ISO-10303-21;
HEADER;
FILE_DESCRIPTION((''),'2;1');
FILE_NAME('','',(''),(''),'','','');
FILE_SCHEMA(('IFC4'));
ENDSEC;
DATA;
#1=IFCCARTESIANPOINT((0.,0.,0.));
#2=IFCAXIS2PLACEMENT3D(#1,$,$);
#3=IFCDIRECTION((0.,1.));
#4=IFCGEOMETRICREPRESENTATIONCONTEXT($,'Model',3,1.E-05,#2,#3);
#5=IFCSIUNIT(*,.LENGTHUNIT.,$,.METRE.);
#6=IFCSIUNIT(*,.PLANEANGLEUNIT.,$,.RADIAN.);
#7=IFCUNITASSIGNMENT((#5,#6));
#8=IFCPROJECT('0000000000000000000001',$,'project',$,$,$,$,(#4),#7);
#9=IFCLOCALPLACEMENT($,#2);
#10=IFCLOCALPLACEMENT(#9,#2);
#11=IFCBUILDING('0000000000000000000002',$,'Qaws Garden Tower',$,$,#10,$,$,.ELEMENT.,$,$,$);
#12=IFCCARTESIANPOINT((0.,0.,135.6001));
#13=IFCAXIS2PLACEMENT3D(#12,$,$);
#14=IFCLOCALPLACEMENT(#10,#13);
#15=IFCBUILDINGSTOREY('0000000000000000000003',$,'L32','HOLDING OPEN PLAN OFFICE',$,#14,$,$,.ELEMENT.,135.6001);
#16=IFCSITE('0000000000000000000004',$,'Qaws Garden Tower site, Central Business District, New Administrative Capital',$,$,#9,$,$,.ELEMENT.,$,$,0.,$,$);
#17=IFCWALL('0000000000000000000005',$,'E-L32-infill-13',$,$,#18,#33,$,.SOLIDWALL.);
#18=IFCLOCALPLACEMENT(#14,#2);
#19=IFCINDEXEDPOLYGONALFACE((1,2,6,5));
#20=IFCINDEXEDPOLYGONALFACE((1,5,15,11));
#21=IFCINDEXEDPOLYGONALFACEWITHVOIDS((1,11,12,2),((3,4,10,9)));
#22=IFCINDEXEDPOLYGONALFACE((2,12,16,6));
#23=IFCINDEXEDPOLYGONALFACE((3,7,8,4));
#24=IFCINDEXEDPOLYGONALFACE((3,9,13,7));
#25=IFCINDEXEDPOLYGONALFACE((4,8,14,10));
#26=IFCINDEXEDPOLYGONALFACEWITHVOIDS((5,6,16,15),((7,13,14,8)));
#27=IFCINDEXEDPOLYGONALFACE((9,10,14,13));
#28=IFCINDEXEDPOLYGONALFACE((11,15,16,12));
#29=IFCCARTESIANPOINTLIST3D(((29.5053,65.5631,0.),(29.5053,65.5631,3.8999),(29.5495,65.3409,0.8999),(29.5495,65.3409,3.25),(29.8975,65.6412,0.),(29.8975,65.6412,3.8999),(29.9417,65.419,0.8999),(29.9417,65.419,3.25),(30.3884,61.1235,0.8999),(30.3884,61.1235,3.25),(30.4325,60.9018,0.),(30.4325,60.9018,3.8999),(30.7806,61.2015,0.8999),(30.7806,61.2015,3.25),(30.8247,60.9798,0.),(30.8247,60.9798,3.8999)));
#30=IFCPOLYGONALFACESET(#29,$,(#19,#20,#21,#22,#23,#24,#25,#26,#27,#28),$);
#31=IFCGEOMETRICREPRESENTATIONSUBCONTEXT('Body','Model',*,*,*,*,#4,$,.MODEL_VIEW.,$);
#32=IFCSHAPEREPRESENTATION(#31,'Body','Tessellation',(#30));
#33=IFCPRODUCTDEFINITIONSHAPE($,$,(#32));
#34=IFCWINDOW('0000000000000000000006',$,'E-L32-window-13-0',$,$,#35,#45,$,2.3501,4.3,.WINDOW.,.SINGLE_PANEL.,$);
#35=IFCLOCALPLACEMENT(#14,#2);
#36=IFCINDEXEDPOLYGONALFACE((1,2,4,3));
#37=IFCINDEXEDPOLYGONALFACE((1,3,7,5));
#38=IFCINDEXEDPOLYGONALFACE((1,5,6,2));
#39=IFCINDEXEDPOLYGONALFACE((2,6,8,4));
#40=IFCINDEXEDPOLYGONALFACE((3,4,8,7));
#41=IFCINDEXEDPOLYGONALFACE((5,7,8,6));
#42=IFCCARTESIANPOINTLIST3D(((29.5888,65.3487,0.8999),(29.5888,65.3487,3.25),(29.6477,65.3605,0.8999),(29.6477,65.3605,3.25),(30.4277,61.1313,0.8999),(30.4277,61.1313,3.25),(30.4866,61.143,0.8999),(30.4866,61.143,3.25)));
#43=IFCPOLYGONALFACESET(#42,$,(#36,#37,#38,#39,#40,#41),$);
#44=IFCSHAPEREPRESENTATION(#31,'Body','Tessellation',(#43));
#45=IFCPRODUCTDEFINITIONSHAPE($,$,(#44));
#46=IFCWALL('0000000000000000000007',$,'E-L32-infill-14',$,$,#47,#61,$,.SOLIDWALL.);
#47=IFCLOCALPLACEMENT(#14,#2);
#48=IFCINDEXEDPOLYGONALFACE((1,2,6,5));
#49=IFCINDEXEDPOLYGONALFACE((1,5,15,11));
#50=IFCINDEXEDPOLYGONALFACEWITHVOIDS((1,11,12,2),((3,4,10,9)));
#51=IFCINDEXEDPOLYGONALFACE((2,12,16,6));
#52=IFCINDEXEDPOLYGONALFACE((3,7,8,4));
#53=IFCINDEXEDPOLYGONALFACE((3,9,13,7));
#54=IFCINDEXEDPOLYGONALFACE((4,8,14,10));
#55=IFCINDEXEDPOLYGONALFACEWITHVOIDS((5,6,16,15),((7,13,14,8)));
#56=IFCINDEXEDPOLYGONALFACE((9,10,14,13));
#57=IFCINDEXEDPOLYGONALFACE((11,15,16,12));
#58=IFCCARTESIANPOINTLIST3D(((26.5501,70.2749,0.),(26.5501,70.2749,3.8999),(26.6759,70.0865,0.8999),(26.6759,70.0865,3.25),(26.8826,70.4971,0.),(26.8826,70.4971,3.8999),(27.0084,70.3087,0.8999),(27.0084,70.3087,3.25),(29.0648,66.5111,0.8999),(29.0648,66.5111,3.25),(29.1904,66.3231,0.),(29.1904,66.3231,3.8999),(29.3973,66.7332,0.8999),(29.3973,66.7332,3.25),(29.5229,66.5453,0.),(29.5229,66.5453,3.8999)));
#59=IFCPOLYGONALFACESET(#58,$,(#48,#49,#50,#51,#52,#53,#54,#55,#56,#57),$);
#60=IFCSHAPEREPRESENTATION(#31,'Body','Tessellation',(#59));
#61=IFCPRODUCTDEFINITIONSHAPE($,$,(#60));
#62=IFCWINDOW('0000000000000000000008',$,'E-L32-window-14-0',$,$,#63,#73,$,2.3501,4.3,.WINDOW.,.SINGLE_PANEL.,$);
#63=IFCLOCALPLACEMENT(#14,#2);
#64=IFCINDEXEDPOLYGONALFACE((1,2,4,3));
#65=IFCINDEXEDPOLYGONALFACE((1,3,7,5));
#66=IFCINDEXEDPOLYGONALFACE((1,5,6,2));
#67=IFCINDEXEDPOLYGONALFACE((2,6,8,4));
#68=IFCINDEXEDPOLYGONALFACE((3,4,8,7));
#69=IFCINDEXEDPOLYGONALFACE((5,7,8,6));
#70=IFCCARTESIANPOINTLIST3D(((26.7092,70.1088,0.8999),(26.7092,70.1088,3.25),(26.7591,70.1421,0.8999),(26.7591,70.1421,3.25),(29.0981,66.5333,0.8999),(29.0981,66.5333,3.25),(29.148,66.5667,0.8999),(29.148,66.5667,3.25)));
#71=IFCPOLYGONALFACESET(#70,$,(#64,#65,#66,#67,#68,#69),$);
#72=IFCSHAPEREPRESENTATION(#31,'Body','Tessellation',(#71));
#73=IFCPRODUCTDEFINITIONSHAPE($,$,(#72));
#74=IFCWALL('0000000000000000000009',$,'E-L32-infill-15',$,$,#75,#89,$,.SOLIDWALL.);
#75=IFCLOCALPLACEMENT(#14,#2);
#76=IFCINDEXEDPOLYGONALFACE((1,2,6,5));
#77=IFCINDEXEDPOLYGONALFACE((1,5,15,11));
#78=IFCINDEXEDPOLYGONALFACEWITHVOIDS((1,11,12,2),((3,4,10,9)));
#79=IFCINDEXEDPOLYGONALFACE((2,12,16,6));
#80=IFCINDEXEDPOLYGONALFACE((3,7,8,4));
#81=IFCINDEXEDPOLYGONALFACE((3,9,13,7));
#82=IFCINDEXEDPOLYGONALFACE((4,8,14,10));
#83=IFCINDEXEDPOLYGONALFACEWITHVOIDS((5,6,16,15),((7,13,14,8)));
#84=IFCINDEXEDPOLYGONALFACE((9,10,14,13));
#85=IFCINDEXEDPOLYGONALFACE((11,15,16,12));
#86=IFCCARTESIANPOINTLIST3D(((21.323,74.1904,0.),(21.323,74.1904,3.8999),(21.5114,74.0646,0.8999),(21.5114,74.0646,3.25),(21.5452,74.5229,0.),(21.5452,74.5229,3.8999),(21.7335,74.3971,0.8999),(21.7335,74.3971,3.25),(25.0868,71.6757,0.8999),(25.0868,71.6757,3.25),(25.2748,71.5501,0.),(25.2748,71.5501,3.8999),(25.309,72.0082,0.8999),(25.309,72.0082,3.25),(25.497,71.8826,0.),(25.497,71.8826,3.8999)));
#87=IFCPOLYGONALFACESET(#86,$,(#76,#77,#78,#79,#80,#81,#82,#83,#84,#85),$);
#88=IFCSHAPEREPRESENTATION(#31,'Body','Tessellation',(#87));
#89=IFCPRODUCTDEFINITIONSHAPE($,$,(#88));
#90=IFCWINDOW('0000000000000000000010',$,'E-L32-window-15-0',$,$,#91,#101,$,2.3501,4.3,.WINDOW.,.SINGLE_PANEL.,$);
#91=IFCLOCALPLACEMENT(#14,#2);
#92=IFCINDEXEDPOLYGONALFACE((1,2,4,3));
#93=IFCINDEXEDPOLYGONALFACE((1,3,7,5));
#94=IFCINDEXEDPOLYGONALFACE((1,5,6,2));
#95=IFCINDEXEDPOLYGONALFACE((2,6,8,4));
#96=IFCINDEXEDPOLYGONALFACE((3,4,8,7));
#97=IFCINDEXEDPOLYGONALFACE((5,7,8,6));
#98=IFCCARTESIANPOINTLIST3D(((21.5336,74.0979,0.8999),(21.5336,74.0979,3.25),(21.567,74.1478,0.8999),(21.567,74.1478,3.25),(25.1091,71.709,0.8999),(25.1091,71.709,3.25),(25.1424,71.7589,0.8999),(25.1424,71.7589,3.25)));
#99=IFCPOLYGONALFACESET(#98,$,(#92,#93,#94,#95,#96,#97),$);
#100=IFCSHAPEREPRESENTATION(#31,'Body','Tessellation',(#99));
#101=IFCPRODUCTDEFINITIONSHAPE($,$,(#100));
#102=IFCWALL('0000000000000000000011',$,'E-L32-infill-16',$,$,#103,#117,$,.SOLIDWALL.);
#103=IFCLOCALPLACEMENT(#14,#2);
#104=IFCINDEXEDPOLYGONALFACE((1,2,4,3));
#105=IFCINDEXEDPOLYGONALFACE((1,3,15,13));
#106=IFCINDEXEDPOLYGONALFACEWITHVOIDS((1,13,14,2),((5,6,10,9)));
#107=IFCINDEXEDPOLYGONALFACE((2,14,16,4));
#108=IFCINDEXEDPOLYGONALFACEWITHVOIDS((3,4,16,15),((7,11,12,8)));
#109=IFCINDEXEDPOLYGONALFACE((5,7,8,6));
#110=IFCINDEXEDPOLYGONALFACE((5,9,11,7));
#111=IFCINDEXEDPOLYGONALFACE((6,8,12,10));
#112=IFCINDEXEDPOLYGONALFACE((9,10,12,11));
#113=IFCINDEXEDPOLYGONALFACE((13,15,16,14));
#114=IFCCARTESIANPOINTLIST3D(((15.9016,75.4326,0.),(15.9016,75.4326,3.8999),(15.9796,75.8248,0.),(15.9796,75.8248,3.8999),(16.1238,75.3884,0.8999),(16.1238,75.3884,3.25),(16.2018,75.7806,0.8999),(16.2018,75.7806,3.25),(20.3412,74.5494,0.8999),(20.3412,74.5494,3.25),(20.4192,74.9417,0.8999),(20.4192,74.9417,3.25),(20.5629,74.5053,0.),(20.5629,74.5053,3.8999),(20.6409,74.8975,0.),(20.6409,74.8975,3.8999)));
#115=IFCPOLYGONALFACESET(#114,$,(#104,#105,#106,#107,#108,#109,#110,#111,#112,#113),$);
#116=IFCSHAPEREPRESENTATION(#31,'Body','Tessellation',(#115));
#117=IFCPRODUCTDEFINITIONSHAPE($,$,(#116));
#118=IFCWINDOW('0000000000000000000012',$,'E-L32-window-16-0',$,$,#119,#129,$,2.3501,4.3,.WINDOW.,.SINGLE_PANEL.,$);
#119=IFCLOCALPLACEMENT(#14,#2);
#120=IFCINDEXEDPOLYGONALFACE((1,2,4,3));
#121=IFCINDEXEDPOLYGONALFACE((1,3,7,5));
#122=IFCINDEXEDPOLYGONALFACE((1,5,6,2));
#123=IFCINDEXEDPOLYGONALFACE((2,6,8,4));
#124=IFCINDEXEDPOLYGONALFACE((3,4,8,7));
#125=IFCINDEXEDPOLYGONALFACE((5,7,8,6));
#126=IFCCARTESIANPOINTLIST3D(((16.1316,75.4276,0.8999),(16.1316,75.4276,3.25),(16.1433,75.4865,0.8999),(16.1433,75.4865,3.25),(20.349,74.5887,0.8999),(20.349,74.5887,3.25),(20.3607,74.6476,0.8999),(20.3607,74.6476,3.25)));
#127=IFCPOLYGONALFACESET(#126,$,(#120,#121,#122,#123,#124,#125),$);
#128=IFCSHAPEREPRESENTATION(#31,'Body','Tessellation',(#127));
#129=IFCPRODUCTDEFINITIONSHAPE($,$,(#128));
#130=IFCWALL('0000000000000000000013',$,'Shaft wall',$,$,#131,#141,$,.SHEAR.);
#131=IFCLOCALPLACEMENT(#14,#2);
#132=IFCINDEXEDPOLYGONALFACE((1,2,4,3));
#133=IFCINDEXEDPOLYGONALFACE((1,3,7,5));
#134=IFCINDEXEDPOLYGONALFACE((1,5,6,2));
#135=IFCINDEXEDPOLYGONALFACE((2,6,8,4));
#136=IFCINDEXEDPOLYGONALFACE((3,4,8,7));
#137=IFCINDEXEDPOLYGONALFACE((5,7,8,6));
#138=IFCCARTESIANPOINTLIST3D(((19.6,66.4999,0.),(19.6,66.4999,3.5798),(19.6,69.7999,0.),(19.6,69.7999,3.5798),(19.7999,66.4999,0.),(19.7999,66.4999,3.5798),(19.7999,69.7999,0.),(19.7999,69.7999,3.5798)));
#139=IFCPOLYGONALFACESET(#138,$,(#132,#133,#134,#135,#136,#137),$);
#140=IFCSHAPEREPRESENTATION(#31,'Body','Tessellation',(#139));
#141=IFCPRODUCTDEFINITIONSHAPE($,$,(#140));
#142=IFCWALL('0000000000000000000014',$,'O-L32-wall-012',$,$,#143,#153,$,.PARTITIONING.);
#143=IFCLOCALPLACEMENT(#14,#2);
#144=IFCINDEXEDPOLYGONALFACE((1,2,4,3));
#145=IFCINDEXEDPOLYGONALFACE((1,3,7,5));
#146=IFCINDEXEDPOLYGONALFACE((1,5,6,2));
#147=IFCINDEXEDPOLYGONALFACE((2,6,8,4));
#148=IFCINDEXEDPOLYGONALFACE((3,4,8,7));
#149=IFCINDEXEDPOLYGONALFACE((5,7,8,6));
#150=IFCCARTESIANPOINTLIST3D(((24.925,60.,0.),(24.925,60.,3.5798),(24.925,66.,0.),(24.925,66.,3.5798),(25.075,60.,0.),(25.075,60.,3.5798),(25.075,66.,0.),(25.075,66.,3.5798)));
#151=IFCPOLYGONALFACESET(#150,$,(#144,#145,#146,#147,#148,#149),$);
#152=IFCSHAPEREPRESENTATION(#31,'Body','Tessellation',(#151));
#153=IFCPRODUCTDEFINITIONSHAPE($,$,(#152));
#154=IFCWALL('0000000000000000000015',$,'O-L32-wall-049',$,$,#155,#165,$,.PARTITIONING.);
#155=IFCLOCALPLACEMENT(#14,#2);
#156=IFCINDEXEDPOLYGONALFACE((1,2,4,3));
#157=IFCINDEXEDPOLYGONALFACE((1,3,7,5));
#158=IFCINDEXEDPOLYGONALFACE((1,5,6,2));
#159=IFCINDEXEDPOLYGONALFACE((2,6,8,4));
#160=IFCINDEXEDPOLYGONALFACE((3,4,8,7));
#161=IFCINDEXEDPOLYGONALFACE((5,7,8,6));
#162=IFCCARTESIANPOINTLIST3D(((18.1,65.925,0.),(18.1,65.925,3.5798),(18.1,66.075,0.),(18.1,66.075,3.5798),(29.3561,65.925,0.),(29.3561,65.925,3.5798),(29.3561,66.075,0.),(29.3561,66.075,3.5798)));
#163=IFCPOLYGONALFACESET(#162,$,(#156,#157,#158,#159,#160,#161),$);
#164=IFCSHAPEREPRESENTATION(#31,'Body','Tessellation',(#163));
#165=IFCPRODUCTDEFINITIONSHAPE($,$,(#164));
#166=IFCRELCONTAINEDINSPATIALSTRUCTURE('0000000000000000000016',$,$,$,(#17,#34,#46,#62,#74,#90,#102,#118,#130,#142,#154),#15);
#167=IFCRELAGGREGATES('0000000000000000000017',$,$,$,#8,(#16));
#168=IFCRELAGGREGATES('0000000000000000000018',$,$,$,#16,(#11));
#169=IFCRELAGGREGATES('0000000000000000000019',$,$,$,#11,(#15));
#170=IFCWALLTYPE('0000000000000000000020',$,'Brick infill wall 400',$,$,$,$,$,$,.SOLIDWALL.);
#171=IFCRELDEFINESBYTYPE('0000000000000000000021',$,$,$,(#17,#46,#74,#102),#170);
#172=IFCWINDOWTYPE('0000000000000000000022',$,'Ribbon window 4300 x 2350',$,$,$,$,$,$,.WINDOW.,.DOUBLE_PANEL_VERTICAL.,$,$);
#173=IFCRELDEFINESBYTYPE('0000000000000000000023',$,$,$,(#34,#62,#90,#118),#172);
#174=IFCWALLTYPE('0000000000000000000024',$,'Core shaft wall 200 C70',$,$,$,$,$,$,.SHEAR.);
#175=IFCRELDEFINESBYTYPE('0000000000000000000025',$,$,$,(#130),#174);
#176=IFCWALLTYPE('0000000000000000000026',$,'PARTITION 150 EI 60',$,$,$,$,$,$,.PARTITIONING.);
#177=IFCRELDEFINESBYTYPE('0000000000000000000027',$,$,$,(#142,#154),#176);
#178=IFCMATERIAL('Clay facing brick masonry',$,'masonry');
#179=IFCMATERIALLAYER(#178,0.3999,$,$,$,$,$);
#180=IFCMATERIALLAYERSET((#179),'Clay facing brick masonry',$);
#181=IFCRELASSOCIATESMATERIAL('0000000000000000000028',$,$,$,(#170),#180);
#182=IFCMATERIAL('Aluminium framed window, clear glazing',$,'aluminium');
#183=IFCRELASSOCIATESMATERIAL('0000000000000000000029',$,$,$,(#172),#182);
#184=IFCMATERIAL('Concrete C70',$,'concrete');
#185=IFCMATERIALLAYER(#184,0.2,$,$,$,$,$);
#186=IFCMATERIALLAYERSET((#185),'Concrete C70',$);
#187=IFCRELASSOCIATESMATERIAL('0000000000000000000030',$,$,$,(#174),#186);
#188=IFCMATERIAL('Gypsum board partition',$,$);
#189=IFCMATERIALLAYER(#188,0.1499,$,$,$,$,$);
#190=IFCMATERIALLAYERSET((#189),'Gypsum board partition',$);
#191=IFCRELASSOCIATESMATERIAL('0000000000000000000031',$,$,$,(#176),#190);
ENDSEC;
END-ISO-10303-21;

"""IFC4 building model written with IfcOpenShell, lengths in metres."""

from ifc_helpers import new_model, si_unit, direction, frame, frame_2d, origin, place, context, subcontext, project, spatial, rectangle, extrude, material, layer, layer_set, type_object, element, fill, save


model = new_model("IFC4")

# Units and contexts
model_context = context("Model", 3, precision=1e-05, world=origin(), true_north=direction((0.0, 1.0)))
body_context = subcontext(model_context, "Body", "Model", "MODEL_VIEW")
ifc_project = project(units=[si_unit("LENGTHUNIT", "METRE"), si_unit("PLANEANGLEUNIT", "RADIAN")], contexts=[model_context])

# Site, building, storey
site_placement = place(None, origin())
site = spatial("IfcSite", under=ifc_project, at=site_placement, Name="Qaws Garden Tower site, Central Business District, New Administrative Capital", CompositionType="ELEMENT", RefElevation=0.0)
building_placement = place(site_placement, origin())
building = spatial("IfcBuilding", under=site, at=building_placement, Name="Qaws Garden Tower", CompositionType="ELEMENT")
storey_placement = place(building_placement, frame((0.0, 0.0, 135.6001)))
storey = spatial("IfcBuildingStorey", under=building, at=storey_placement, Name="L32", Description="HOLDING OPEN PLAN OFFICE", CompositionType="ELEMENT", Elevation=135.6001)

# Walls, openings, windows
ifc_material_1 = material(Name="Clay facing brick masonry", Category="masonry")
ifc_layer_1 = layer(ifc_material_1, 0.3999)
ifc_layer_set_1 = layer_set([ifc_layer_1], Name="Clay facing brick masonry")
wall_type_1 = type_object("IfcWallType", Name="Brick infill wall 400", PredefinedType="SOLIDWALL", material=ifc_layer_set_1)
wall_1_placement = place(storey_placement, frame((30.6287, 60.9407, 0.0), z_axis=(0.0, 0.0, 1.0), x_axis=(-0.195099, 0.980784, 0.0)))
wall_1 = element("IfcWall", 1, at=wall_1_placement, inside=storey, type_object=wall_type_1, Name="E-L32-infill-13", PredefinedType="SOLIDWALL", context=body_context, shape_type="SweptSolid", body=[
    extrude(rectangle(XDim=4.7527, YDim=0.3999, at=frame_2d((2.3765, 0.0))), origin(), (0.0, 0.0, 1.0), 3.8999),
])
opening_1_placement = place(wall_1_placement, frame((0.2263, 0.0, 0.8999)))
opening_1 = element("IfcOpeningElement", 2, at=opening_1_placement, cuts=wall_1, PredefinedType="OPENING", context=body_context, shape_type="SweptSolid", body=[
    extrude(rectangle(XDim=4.3, YDim=2.3501, at=frame_2d((2.1499, 1.175))), frame((0.0, 0.21, 0.0), z_axis=(0.0, -1.0, 0.0), x_axis=(1.0, 0.0, 0.0)), (0.0, 0.0, 1.0), 0.4199),
])
ifc_material_2 = material(Name="Aluminium framed window, clear glazing", Category="aluminium")
window_type = type_object("IfcWindowType", Name="Ribbon window 4300 x 2350", PartitioningType="DOUBLE_PANEL_VERTICAL", PredefinedType="WINDOW", material=ifc_material_2)
window_1_placement = place(opening_1_placement, origin())
window_1 = element("IfcWindow", 3, at=window_1_placement, inside=storey, type_object=window_type, Name="E-L32-window-13-0", OverallHeight=2.3501, OverallWidth=4.3, PartitioningType="SINGLE_PANEL", PredefinedType="WINDOW", context=body_context, shape_type="SweptSolid", body=[
    extrude(rectangle(XDim=4.3, YDim=2.3501, at=frame_2d((2.1499, 1.175))), frame((0.0, 0.1599, 0.0), z_axis=(0.0, -1.0, 0.0), x_axis=(1.0, 0.0, 0.0)), (0.0, 0.0, 1.0), 0.0601),
])
fill(opening_1, window_1)
wall_2_placement = place(storey_placement, frame((29.3567, 66.4341, 0.0), z_axis=(0.0, 0.0, 1.0), x_axis=(-0.555542, 0.831489, 0.0)))
wall_2 = element("IfcWall", 4, at=wall_2_placement, inside=storey, type_object=wall_type_1, Name="E-L32-infill-14", PredefinedType="SOLIDWALL", context=body_context, shape_type="SweptSolid", body=[
    extrude(rectangle(XDim=4.7527, YDim=0.3999, at=frame_2d((2.3765, 0.0))), origin(), (0.0, 0.0, 1.0), 3.8999),
])
opening_2_placement = place(wall_2_placement, frame((0.2263, 0.0, 0.8999)))
opening_2 = element("IfcOpeningElement", 5, at=opening_2_placement, cuts=wall_2, PredefinedType="OPENING", context=body_context, shape_type="SweptSolid", body=[
    extrude(rectangle(XDim=4.3, YDim=2.3501, at=frame_2d((2.1499, 1.175))), frame((0.0, 0.21, 0.0), z_axis=(0.0, -1.0, 0.0), x_axis=(1.0, 0.0, 0.0)), (0.0, 0.0, 1.0), 0.4199),
])
window_2_placement = place(opening_2_placement, origin())
window_2 = element("IfcWindow", 6, at=window_2_placement, inside=storey, type_object=window_type, Name="E-L32-window-14-0", OverallHeight=2.3501, OverallWidth=4.3, PartitioningType="SINGLE_PANEL", PredefinedType="WINDOW", context=body_context, shape_type="SweptSolid", body=[
    extrude(rectangle(XDim=4.3, YDim=2.3501, at=frame_2d((2.1499, 1.175))), frame((0.0, 0.1599, 0.0), z_axis=(0.0, -1.0, 0.0), x_axis=(1.0, 0.0, 0.0)), (0.0, 0.0, 1.0), 0.0601),
])
fill(opening_2, window_2)
wall_3_placement = place(storey_placement, frame((25.386, 71.7163, 0.0), z_axis=(0.0, 0.0, 1.0), x_axis=(-0.831489, 0.555542, 0.0)))
wall_3 = element("IfcWall", 7, at=wall_3_placement, inside=storey, type_object=wall_type_1, Name="E-L32-infill-15", PredefinedType="SOLIDWALL", context=body_context, shape_type="SweptSolid", body=[
    extrude(rectangle(XDim=4.7527, YDim=0.3999, at=frame_2d((2.3765, 0.0))), origin(), (0.0, 0.0, 1.0), 3.8999),
])
opening_3_placement = place(wall_3_placement, frame((0.2263, 0.0, 0.8999)))
opening_3 = element("IfcOpeningElement", 8, at=opening_3_placement, cuts=wall_3, PredefinedType="OPENING", context=body_context, shape_type="SweptSolid", body=[
    extrude(rectangle(XDim=4.3, YDim=2.3501, at=frame_2d((2.1499, 1.175))), frame((0.0, 0.21, 0.0), z_axis=(0.0, -1.0, 0.0), x_axis=(1.0, 0.0, 0.0)), (0.0, 0.0, 1.0), 0.4199),
])
window_3_placement = place(opening_3_placement, origin())
window_3 = element("IfcWindow", 9, at=window_3_placement, inside=storey, type_object=window_type, Name="E-L32-window-15-0", OverallHeight=2.3501, OverallWidth=4.3, PartitioningType="SINGLE_PANEL", PredefinedType="WINDOW", context=body_context, shape_type="SweptSolid", body=[
    extrude(rectangle(XDim=4.3, YDim=2.3501, at=frame_2d((2.1499, 1.175))), frame((0.0, 0.1599, 0.0), z_axis=(0.0, -1.0, 0.0), x_axis=(1.0, 0.0, 0.0)), (0.0, 0.0, 1.0), 0.0601),
])
fill(opening_3, window_3)
wall_4_placement = place(storey_placement, frame((20.6021, 74.7014, 0.0), z_axis=(0.0, 0.0, 1.0), x_axis=(-0.980784, 0.195099, 0.0)))
wall_4 = element("IfcWall", 10, at=wall_4_placement, inside=storey, type_object=wall_type_1, Name="E-L32-infill-16", PredefinedType="SOLIDWALL", context=body_context, shape_type="SweptSolid", body=[
    extrude(rectangle(XDim=4.7527, YDim=0.3999, at=frame_2d((2.3765, 0.0))), origin(), (0.0, 0.0, 1.0), 3.8999),
])
opening_4_placement = place(wall_4_placement, frame((0.2263, 0.0, 0.8999)))
opening_4 = element("IfcOpeningElement", 11, at=opening_4_placement, cuts=wall_4, PredefinedType="OPENING", context=body_context, shape_type="SweptSolid", body=[
    extrude(rectangle(XDim=4.3, YDim=2.3501, at=frame_2d((2.1499, 1.175))), frame((0.0, 0.21, 0.0), z_axis=(0.0, -1.0, 0.0), x_axis=(1.0, 0.0, 0.0)), (0.0, 0.0, 1.0), 0.4199),
])
window_4_placement = place(opening_4_placement, origin())
window_4 = element("IfcWindow", 12, at=window_4_placement, inside=storey, type_object=window_type, Name="E-L32-window-16-0", OverallHeight=2.3501, OverallWidth=4.3, PartitioningType="SINGLE_PANEL", PredefinedType="WINDOW", context=body_context, shape_type="SweptSolid", body=[
    extrude(rectangle(XDim=4.3, YDim=2.3501, at=frame_2d((2.1499, 1.175))), frame((0.0, 0.1599, 0.0), z_axis=(0.0, -1.0, 0.0), x_axis=(1.0, 0.0, 0.0)), (0.0, 0.0, 1.0), 0.0601),
])
fill(opening_4, window_4)

# Walls
ifc_material_3 = material(Name="Concrete C70", Category="concrete")
ifc_layer_2 = layer(ifc_material_3, 0.2)
ifc_layer_set_2 = layer_set([ifc_layer_2], Name="Concrete C70")
wall_type_2 = type_object("IfcWallType", Name="Core shaft wall 200 C70", PredefinedType="SHEAR", material=ifc_layer_set_2)
wall_5_placement = place(storey_placement, frame((19.7, 66.5, 0.0), z_axis=(0.0, 0.0, 1.0), x_axis=(0.0, 1.0, 0.0)))
element("IfcWall", 13, at=wall_5_placement, inside=storey, type_object=wall_type_2, Name="Shaft wall", PredefinedType="SHEAR", context=body_context, shape_type="SweptSolid", body=[
    extrude(rectangle(XDim=3.3, YDim=0.2, at=frame_2d((1.6499, 0.0))), origin(), (0.0, 0.0, 1.0), 3.5798),
])
ifc_material_4 = material(Name="Gypsum board partition")
ifc_layer_3 = layer(ifc_material_4, 0.1499)
ifc_layer_set_3 = layer_set([ifc_layer_3], Name="Gypsum board partition")
wall_type_3 = type_object("IfcWallType", Name="PARTITION 150 EI 60", PredefinedType="PARTITIONING", material=ifc_layer_set_3)
wall_6_placement = place(storey_placement, frame((25.0, 60.0, 0.0), z_axis=(0.0, 0.0, 1.0), x_axis=(0.0, 1.0, 0.0)))
element("IfcWall", 14, at=wall_6_placement, inside=storey, type_object=wall_type_3, Name="O-L32-wall-012", PredefinedType="PARTITIONING", context=body_context, shape_type="SweptSolid", body=[
    extrude(rectangle(XDim=6.0, YDim=0.1499, at=frame_2d((3.0, 0.0))), origin(), (0.0, 0.0, 1.0), 3.5798),
])
wall_7_placement = place(storey_placement, frame((18.1001, 66.0, 0.0), z_axis=(0.0, 0.0, 1.0), x_axis=(1.0, 0.0, 0.0)))
element("IfcWall", 15, at=wall_7_placement, inside=storey, type_object=wall_type_3, Name="O-L32-wall-049", PredefinedType="PARTITIONING", context=body_context, shape_type="SweptSolid", body=[
    extrude(rectangle(XDim=11.2561, YDim=0.1499, at=frame_2d((5.6279, 0.0))), origin(), (0.0, 0.0, 1.0), 3.5798),
])

save(model, "model.ifc")
